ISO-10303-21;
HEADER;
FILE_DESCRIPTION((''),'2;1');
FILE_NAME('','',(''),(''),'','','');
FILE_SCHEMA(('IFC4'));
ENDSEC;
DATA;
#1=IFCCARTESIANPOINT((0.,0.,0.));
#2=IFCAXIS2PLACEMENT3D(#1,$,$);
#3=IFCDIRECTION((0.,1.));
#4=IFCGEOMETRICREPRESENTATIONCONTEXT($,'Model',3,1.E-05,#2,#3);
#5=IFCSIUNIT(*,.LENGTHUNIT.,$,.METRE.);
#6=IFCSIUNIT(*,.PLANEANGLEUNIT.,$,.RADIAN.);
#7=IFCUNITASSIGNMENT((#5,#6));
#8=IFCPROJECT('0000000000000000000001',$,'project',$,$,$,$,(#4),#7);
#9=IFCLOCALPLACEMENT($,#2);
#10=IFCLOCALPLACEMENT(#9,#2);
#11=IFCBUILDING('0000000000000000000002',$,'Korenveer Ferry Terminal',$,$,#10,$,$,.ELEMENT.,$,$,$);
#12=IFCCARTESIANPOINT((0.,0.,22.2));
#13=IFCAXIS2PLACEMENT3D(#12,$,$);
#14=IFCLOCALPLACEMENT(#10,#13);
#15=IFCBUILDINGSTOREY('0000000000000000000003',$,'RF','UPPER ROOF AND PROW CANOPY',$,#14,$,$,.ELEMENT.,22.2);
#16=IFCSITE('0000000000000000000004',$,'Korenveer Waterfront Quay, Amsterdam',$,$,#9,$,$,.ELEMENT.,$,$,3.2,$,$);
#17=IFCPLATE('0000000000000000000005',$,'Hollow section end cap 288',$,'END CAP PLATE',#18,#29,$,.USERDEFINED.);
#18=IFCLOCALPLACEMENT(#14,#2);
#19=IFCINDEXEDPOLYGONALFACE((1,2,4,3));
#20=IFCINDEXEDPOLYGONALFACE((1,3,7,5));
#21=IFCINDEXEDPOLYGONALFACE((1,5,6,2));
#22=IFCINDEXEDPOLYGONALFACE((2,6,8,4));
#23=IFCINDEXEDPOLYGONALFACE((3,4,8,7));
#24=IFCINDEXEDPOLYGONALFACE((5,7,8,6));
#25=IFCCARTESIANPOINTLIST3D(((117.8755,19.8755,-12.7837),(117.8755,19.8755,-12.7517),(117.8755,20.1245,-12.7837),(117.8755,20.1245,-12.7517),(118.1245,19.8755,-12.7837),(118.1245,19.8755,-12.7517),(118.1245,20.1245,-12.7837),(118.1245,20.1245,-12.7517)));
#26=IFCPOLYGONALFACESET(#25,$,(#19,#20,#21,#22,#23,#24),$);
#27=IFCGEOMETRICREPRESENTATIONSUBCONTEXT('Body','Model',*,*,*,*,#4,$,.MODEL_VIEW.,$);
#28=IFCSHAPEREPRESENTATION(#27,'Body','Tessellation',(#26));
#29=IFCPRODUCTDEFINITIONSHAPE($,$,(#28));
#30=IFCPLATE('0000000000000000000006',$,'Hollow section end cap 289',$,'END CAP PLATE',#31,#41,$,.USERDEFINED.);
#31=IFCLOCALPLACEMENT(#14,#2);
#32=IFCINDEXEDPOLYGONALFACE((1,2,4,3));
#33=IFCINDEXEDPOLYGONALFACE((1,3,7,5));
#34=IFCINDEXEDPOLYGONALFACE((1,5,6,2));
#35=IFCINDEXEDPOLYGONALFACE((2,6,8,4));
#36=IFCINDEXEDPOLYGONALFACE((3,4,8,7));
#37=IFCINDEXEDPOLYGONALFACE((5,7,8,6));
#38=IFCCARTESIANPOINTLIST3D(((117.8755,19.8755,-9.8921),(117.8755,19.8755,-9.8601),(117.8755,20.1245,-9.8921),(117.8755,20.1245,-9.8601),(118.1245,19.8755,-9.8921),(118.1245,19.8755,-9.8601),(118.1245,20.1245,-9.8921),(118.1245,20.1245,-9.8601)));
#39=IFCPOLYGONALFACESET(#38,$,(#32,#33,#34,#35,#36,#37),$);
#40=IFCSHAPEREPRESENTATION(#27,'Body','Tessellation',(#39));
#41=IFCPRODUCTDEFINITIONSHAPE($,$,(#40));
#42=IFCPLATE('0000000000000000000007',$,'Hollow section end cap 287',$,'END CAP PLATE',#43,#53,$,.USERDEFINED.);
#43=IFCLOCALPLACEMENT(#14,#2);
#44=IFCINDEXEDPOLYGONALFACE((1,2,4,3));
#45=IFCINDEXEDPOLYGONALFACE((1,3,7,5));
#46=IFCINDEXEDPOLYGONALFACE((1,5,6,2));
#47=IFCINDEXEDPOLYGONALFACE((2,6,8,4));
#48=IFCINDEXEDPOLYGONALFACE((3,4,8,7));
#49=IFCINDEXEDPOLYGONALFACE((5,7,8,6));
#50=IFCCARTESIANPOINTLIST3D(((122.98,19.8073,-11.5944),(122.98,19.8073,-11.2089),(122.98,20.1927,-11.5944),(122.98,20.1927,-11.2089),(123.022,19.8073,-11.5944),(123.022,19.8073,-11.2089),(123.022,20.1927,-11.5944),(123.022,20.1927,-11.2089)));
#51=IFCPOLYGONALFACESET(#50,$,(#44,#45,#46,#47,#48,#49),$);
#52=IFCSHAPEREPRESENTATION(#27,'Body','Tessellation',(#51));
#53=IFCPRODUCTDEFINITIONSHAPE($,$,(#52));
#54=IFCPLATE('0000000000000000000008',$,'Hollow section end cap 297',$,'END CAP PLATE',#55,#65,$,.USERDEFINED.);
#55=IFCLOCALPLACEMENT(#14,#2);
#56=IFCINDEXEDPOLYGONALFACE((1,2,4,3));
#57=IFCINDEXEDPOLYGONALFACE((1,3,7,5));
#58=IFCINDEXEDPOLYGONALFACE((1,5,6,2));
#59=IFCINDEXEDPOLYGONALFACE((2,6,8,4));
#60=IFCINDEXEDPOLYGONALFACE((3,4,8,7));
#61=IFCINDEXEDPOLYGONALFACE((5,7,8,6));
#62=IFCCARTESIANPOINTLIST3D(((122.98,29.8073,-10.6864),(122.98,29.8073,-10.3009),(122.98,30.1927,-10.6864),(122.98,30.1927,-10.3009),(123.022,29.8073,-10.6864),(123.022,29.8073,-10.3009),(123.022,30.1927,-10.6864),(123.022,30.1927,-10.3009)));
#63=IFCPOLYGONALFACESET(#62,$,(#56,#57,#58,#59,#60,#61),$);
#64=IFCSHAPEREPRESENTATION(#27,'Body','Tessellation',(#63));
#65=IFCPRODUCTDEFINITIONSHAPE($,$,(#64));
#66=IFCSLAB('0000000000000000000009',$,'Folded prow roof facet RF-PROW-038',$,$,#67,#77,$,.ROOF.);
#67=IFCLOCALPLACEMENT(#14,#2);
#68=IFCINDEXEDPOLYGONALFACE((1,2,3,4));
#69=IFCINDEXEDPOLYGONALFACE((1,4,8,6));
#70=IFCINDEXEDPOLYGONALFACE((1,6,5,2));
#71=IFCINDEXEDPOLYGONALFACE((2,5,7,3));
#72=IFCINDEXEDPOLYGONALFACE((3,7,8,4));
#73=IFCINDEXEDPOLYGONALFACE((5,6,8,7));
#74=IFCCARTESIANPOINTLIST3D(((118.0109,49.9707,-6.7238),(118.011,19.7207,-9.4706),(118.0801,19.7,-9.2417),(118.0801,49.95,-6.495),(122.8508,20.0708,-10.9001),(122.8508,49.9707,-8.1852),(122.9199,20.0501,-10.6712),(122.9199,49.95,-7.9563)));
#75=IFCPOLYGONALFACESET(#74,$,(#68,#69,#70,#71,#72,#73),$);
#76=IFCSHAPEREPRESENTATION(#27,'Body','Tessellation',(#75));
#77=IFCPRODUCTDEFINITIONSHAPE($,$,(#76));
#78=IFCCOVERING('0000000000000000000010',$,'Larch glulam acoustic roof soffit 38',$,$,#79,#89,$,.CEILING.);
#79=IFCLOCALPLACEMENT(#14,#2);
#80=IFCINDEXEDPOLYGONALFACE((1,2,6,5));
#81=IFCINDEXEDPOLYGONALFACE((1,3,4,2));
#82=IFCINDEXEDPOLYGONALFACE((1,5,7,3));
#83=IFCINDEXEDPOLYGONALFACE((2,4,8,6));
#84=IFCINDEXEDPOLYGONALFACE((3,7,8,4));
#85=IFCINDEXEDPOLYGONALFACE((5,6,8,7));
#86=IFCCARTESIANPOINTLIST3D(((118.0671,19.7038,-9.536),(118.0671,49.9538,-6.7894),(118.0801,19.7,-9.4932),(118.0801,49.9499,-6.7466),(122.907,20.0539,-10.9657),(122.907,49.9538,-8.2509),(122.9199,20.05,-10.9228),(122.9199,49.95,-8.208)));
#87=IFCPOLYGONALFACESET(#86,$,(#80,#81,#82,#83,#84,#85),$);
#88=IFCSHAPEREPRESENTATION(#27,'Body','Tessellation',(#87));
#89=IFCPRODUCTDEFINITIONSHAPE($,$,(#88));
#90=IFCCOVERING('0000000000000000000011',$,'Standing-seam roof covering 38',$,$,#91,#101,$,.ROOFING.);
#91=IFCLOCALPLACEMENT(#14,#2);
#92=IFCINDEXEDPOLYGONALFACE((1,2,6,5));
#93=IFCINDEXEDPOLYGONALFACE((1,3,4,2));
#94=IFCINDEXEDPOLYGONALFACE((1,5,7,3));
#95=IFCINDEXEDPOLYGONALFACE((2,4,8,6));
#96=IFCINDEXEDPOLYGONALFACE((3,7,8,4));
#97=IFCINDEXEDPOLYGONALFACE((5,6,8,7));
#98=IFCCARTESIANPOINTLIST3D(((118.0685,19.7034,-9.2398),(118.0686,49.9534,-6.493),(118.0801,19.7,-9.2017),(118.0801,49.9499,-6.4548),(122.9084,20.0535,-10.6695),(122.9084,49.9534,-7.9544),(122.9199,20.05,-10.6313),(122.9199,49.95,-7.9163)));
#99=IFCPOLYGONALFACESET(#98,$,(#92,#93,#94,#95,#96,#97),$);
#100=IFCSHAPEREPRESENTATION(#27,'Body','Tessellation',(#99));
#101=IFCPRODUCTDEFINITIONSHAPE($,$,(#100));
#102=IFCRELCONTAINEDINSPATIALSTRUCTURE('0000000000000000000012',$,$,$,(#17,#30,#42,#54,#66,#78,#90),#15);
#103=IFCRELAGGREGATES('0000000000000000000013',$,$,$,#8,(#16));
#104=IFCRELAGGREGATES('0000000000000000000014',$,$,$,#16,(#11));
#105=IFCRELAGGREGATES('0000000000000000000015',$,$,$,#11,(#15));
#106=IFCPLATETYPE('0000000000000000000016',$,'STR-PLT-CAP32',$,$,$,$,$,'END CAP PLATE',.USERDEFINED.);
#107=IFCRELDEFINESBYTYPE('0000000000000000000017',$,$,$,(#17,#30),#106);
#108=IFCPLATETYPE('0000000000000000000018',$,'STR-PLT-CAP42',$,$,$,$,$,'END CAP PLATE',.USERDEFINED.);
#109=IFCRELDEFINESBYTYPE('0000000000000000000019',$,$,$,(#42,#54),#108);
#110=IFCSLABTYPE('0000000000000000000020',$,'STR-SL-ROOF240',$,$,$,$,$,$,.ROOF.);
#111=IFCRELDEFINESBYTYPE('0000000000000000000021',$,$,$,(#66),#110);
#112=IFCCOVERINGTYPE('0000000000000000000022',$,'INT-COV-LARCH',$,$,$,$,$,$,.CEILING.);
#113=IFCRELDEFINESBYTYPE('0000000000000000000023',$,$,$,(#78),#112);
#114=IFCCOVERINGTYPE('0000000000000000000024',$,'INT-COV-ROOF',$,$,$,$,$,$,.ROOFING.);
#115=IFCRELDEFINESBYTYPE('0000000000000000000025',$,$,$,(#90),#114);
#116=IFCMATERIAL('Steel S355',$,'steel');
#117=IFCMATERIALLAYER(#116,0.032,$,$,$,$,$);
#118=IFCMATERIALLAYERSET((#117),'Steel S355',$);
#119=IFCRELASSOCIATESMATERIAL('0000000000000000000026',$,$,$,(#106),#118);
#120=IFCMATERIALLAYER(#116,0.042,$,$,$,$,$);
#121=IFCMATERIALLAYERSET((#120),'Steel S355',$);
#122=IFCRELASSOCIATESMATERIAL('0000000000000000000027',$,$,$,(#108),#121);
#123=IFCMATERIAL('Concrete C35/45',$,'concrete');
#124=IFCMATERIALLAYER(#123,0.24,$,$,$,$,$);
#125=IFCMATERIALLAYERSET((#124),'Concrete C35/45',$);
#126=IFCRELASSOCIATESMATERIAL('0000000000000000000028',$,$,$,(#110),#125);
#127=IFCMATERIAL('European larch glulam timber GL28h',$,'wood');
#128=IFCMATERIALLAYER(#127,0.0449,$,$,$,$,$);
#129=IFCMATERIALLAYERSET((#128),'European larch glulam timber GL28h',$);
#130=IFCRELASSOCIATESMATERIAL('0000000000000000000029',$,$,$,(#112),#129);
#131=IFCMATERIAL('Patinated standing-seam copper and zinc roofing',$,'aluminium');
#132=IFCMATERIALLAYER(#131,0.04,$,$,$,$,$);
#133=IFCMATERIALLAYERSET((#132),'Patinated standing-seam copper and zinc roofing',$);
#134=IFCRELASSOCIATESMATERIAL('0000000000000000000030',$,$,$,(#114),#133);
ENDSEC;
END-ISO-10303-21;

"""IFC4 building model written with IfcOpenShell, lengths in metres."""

from ifc_helpers import new_model, si_unit, direction, frame, origin, origin_2d, place, context, subcontext, project, spatial, polyline, rectangle, outline, extrude, material, layer, layer_set, type_object, element, save


model = new_model("IFC4")

# Units and contexts
model_context = context("Model", 3, precision=1e-05, world=origin(), true_north=direction((0.0, 1.0)))
body_context = subcontext(model_context, "Body", "Model", "MODEL_VIEW")
ifc_project = project(units=[si_unit("LENGTHUNIT", "METRE"), si_unit("PLANEANGLEUNIT", "RADIAN")], contexts=[model_context])

# Site, building, storey
site_placement = place(None, origin())
site = spatial("IfcSite", under=ifc_project, at=site_placement, Name="Korenveer Waterfront Quay, Amsterdam", CompositionType="ELEMENT", RefElevation=3.2)
building_placement = place(site_placement, origin())
building = spatial("IfcBuilding", under=site, at=building_placement, Name="Korenveer Ferry Terminal", CompositionType="ELEMENT")
storey_placement = place(building_placement, frame((0.0, 0.0, 22.2)))
storey = spatial("IfcBuildingStorey", under=building, at=storey_placement, Name="RF", Description="UPPER ROOF AND PROW CANOPY", CompositionType="ELEMENT", Elevation=22.2)

# Shared definitions
ifc_material_1 = material(Name="Steel S355", Category="steel")

# Plates
ifc_layer_1 = layer(ifc_material_1, 0.032)
ifc_layer_set_1 = layer_set([ifc_layer_1], Name="Steel S355")
plate_type_1 = type_object("IfcPlateType", Name="STR-PLT-CAP32", ElementType="END CAP PLATE", PredefinedType="USERDEFINED", material=ifc_layer_set_1)
for number, where, z_axis, x_axis, name in (
    (1, (118.0, 20.0, -12.7837), (0.0, 0.0, 1.0), (1.0, 0.0, 0.0), "Hollow section end cap 288"),
    (2, (118.0, 20.0, -9.8921), (0.0, 0.0, 1.0), (1.0, 0.0, 0.0), "Hollow section end cap 289"),
):
    element("IfcPlate", number, at=place(storey_placement, frame(where, z_axis=z_axis, x_axis=x_axis)), inside=storey, type_object=plate_type_1, Name=name, ObjectType="END CAP PLATE", PredefinedType="USERDEFINED", context=body_context, shape_type="SweptSolid", body=[
        extrude(rectangle(XDim=0.249, YDim=0.249, at=origin_2d()), origin(), (0.0, 0.0, 1.0), 0.032),
    ])
ifc_layer_2 = layer(ifc_material_1, 0.042)
ifc_layer_set_2 = layer_set([ifc_layer_2], Name="Steel S355")
plate_type_2 = type_object("IfcPlateType", Name="STR-PLT-CAP42", ElementType="END CAP PLATE", PredefinedType="USERDEFINED", material=ifc_layer_set_2)
for number, where, z_axis, x_axis, name in (
    (3, (122.98, 20.0, -11.4016), (1.0, 0.0, 0.0), (0.0, 1.0, 0.0), "Hollow section end cap 287"),
    (4, (122.98, 30.0, -10.4937), (1.0, 0.0, 0.0), (0.0, 1.0, 0.0), "Hollow section end cap 297"),
):
    element("IfcPlate", number, at=place(storey_placement, frame(where, z_axis=z_axis, x_axis=x_axis)), inside=storey, type_object=plate_type_2, Name=name, ObjectType="END CAP PLATE", PredefinedType="USERDEFINED", context=body_context, shape_type="SweptSolid", body=[
        extrude(rectangle(XDim=0.3855, YDim=0.3855, at=origin_2d()), origin(), (0.0, 0.0, 1.0), 0.042),
    ])

# Slab
ifc_material_2 = material(Name="Concrete C35/45", Category="concrete")
ifc_layer_3 = layer(ifc_material_2, 0.24)
ifc_layer_set_3 = layer_set([ifc_layer_3], Name="Concrete C35/45")
slab_type = type_object("IfcSlabType", Name="STR-SL-ROOF240", PredefinedType="ROOF", material=ifc_layer_set_3)
slab_placement = place(storey_placement, frame((118.0801, 19.7, -9.2417), z_axis=(0.287963, -0.086599, 0.953718), x_axis=(0.95674, 0.069209, -0.282591)))
element("IfcSlab", 5, at=slab_placement, inside=storey, type_object=slab_type, Name="Folded prow roof facet RF-PROW-038", PredefinedType="ROOF", context=body_context, shape_type="SweptSolid", body=[
    extrude(outline(polyline([(0.0, 0.0), (5.0587, 0.0), (6.3608, 29.9946), (1.3174, 30.3459), (0.0, 0.0)])), origin(), (0.0, 0.0, -1.0), 0.24),
])

# Coverings
ifc_material_3 = material(Name="European larch glulam timber GL28h", Category="wood")
ifc_layer_4 = layer(ifc_material_3, 0.0449)
ifc_layer_set_4 = layer_set([ifc_layer_4], Name="European larch glulam timber GL28h")
covering_type_1 = type_object("IfcCoveringType", Name="INT-COV-LARCH", PredefinedType="CEILING", material=ifc_layer_set_4)
covering_1_placement = place(storey_placement, frame((118.0801, 19.7, -9.4932), z_axis=(0.287985, -0.086594, 0.953712), x_axis=(0.956734, 0.069206, -0.282614)))
element("IfcCovering", 6, at=covering_1_placement, inside=storey, type_object=covering_type_1, Name="Larch glulam acoustic roof soffit 38", PredefinedType="CEILING", context=body_context, shape_type="SweptSolid", body=[
    extrude(outline(polyline([(0.0, 0.0), (5.0587, 0.0), (6.3607, 29.9947), (1.3173, 30.3459), (0.0, 0.0)])), origin(), (0.0, 0.0, -1.0), 0.0449),
])
ifc_material_4 = material(Name="Patinated standing-seam copper and zinc roofing", Category="aluminium")
ifc_layer_5 = layer(ifc_material_4, 0.04)
ifc_layer_set_5 = layer_set([ifc_layer_5], Name="Patinated standing-seam copper and zinc roofing")
covering_type_2 = type_object("IfcCoveringType", Name="INT-COV-ROOF", PredefinedType="ROOFING", material=ifc_layer_set_5)
covering_2_placement = place(storey_placement, frame((118.0801, 19.7, -9.2017), z_axis=(0.287985, -0.086602, 0.953711), x_axis=(0.956734, 0.069206, -0.282614)))
element("IfcCovering", 7, at=covering_2_placement, inside=storey, type_object=covering_type_2, Name="Standing-seam roof covering 38", PredefinedType="ROOFING", context=body_context, shape_type="SweptSolid", body=[
    extrude(outline(polyline([(0.0, 0.0), (5.0587, 0.0), (6.3607, 29.9947), (1.3172, 30.3459), (0.0, 0.0)])), origin(), (0.0, 0.0, -1.0), 0.04),
])

save(model, "model.ifc")
